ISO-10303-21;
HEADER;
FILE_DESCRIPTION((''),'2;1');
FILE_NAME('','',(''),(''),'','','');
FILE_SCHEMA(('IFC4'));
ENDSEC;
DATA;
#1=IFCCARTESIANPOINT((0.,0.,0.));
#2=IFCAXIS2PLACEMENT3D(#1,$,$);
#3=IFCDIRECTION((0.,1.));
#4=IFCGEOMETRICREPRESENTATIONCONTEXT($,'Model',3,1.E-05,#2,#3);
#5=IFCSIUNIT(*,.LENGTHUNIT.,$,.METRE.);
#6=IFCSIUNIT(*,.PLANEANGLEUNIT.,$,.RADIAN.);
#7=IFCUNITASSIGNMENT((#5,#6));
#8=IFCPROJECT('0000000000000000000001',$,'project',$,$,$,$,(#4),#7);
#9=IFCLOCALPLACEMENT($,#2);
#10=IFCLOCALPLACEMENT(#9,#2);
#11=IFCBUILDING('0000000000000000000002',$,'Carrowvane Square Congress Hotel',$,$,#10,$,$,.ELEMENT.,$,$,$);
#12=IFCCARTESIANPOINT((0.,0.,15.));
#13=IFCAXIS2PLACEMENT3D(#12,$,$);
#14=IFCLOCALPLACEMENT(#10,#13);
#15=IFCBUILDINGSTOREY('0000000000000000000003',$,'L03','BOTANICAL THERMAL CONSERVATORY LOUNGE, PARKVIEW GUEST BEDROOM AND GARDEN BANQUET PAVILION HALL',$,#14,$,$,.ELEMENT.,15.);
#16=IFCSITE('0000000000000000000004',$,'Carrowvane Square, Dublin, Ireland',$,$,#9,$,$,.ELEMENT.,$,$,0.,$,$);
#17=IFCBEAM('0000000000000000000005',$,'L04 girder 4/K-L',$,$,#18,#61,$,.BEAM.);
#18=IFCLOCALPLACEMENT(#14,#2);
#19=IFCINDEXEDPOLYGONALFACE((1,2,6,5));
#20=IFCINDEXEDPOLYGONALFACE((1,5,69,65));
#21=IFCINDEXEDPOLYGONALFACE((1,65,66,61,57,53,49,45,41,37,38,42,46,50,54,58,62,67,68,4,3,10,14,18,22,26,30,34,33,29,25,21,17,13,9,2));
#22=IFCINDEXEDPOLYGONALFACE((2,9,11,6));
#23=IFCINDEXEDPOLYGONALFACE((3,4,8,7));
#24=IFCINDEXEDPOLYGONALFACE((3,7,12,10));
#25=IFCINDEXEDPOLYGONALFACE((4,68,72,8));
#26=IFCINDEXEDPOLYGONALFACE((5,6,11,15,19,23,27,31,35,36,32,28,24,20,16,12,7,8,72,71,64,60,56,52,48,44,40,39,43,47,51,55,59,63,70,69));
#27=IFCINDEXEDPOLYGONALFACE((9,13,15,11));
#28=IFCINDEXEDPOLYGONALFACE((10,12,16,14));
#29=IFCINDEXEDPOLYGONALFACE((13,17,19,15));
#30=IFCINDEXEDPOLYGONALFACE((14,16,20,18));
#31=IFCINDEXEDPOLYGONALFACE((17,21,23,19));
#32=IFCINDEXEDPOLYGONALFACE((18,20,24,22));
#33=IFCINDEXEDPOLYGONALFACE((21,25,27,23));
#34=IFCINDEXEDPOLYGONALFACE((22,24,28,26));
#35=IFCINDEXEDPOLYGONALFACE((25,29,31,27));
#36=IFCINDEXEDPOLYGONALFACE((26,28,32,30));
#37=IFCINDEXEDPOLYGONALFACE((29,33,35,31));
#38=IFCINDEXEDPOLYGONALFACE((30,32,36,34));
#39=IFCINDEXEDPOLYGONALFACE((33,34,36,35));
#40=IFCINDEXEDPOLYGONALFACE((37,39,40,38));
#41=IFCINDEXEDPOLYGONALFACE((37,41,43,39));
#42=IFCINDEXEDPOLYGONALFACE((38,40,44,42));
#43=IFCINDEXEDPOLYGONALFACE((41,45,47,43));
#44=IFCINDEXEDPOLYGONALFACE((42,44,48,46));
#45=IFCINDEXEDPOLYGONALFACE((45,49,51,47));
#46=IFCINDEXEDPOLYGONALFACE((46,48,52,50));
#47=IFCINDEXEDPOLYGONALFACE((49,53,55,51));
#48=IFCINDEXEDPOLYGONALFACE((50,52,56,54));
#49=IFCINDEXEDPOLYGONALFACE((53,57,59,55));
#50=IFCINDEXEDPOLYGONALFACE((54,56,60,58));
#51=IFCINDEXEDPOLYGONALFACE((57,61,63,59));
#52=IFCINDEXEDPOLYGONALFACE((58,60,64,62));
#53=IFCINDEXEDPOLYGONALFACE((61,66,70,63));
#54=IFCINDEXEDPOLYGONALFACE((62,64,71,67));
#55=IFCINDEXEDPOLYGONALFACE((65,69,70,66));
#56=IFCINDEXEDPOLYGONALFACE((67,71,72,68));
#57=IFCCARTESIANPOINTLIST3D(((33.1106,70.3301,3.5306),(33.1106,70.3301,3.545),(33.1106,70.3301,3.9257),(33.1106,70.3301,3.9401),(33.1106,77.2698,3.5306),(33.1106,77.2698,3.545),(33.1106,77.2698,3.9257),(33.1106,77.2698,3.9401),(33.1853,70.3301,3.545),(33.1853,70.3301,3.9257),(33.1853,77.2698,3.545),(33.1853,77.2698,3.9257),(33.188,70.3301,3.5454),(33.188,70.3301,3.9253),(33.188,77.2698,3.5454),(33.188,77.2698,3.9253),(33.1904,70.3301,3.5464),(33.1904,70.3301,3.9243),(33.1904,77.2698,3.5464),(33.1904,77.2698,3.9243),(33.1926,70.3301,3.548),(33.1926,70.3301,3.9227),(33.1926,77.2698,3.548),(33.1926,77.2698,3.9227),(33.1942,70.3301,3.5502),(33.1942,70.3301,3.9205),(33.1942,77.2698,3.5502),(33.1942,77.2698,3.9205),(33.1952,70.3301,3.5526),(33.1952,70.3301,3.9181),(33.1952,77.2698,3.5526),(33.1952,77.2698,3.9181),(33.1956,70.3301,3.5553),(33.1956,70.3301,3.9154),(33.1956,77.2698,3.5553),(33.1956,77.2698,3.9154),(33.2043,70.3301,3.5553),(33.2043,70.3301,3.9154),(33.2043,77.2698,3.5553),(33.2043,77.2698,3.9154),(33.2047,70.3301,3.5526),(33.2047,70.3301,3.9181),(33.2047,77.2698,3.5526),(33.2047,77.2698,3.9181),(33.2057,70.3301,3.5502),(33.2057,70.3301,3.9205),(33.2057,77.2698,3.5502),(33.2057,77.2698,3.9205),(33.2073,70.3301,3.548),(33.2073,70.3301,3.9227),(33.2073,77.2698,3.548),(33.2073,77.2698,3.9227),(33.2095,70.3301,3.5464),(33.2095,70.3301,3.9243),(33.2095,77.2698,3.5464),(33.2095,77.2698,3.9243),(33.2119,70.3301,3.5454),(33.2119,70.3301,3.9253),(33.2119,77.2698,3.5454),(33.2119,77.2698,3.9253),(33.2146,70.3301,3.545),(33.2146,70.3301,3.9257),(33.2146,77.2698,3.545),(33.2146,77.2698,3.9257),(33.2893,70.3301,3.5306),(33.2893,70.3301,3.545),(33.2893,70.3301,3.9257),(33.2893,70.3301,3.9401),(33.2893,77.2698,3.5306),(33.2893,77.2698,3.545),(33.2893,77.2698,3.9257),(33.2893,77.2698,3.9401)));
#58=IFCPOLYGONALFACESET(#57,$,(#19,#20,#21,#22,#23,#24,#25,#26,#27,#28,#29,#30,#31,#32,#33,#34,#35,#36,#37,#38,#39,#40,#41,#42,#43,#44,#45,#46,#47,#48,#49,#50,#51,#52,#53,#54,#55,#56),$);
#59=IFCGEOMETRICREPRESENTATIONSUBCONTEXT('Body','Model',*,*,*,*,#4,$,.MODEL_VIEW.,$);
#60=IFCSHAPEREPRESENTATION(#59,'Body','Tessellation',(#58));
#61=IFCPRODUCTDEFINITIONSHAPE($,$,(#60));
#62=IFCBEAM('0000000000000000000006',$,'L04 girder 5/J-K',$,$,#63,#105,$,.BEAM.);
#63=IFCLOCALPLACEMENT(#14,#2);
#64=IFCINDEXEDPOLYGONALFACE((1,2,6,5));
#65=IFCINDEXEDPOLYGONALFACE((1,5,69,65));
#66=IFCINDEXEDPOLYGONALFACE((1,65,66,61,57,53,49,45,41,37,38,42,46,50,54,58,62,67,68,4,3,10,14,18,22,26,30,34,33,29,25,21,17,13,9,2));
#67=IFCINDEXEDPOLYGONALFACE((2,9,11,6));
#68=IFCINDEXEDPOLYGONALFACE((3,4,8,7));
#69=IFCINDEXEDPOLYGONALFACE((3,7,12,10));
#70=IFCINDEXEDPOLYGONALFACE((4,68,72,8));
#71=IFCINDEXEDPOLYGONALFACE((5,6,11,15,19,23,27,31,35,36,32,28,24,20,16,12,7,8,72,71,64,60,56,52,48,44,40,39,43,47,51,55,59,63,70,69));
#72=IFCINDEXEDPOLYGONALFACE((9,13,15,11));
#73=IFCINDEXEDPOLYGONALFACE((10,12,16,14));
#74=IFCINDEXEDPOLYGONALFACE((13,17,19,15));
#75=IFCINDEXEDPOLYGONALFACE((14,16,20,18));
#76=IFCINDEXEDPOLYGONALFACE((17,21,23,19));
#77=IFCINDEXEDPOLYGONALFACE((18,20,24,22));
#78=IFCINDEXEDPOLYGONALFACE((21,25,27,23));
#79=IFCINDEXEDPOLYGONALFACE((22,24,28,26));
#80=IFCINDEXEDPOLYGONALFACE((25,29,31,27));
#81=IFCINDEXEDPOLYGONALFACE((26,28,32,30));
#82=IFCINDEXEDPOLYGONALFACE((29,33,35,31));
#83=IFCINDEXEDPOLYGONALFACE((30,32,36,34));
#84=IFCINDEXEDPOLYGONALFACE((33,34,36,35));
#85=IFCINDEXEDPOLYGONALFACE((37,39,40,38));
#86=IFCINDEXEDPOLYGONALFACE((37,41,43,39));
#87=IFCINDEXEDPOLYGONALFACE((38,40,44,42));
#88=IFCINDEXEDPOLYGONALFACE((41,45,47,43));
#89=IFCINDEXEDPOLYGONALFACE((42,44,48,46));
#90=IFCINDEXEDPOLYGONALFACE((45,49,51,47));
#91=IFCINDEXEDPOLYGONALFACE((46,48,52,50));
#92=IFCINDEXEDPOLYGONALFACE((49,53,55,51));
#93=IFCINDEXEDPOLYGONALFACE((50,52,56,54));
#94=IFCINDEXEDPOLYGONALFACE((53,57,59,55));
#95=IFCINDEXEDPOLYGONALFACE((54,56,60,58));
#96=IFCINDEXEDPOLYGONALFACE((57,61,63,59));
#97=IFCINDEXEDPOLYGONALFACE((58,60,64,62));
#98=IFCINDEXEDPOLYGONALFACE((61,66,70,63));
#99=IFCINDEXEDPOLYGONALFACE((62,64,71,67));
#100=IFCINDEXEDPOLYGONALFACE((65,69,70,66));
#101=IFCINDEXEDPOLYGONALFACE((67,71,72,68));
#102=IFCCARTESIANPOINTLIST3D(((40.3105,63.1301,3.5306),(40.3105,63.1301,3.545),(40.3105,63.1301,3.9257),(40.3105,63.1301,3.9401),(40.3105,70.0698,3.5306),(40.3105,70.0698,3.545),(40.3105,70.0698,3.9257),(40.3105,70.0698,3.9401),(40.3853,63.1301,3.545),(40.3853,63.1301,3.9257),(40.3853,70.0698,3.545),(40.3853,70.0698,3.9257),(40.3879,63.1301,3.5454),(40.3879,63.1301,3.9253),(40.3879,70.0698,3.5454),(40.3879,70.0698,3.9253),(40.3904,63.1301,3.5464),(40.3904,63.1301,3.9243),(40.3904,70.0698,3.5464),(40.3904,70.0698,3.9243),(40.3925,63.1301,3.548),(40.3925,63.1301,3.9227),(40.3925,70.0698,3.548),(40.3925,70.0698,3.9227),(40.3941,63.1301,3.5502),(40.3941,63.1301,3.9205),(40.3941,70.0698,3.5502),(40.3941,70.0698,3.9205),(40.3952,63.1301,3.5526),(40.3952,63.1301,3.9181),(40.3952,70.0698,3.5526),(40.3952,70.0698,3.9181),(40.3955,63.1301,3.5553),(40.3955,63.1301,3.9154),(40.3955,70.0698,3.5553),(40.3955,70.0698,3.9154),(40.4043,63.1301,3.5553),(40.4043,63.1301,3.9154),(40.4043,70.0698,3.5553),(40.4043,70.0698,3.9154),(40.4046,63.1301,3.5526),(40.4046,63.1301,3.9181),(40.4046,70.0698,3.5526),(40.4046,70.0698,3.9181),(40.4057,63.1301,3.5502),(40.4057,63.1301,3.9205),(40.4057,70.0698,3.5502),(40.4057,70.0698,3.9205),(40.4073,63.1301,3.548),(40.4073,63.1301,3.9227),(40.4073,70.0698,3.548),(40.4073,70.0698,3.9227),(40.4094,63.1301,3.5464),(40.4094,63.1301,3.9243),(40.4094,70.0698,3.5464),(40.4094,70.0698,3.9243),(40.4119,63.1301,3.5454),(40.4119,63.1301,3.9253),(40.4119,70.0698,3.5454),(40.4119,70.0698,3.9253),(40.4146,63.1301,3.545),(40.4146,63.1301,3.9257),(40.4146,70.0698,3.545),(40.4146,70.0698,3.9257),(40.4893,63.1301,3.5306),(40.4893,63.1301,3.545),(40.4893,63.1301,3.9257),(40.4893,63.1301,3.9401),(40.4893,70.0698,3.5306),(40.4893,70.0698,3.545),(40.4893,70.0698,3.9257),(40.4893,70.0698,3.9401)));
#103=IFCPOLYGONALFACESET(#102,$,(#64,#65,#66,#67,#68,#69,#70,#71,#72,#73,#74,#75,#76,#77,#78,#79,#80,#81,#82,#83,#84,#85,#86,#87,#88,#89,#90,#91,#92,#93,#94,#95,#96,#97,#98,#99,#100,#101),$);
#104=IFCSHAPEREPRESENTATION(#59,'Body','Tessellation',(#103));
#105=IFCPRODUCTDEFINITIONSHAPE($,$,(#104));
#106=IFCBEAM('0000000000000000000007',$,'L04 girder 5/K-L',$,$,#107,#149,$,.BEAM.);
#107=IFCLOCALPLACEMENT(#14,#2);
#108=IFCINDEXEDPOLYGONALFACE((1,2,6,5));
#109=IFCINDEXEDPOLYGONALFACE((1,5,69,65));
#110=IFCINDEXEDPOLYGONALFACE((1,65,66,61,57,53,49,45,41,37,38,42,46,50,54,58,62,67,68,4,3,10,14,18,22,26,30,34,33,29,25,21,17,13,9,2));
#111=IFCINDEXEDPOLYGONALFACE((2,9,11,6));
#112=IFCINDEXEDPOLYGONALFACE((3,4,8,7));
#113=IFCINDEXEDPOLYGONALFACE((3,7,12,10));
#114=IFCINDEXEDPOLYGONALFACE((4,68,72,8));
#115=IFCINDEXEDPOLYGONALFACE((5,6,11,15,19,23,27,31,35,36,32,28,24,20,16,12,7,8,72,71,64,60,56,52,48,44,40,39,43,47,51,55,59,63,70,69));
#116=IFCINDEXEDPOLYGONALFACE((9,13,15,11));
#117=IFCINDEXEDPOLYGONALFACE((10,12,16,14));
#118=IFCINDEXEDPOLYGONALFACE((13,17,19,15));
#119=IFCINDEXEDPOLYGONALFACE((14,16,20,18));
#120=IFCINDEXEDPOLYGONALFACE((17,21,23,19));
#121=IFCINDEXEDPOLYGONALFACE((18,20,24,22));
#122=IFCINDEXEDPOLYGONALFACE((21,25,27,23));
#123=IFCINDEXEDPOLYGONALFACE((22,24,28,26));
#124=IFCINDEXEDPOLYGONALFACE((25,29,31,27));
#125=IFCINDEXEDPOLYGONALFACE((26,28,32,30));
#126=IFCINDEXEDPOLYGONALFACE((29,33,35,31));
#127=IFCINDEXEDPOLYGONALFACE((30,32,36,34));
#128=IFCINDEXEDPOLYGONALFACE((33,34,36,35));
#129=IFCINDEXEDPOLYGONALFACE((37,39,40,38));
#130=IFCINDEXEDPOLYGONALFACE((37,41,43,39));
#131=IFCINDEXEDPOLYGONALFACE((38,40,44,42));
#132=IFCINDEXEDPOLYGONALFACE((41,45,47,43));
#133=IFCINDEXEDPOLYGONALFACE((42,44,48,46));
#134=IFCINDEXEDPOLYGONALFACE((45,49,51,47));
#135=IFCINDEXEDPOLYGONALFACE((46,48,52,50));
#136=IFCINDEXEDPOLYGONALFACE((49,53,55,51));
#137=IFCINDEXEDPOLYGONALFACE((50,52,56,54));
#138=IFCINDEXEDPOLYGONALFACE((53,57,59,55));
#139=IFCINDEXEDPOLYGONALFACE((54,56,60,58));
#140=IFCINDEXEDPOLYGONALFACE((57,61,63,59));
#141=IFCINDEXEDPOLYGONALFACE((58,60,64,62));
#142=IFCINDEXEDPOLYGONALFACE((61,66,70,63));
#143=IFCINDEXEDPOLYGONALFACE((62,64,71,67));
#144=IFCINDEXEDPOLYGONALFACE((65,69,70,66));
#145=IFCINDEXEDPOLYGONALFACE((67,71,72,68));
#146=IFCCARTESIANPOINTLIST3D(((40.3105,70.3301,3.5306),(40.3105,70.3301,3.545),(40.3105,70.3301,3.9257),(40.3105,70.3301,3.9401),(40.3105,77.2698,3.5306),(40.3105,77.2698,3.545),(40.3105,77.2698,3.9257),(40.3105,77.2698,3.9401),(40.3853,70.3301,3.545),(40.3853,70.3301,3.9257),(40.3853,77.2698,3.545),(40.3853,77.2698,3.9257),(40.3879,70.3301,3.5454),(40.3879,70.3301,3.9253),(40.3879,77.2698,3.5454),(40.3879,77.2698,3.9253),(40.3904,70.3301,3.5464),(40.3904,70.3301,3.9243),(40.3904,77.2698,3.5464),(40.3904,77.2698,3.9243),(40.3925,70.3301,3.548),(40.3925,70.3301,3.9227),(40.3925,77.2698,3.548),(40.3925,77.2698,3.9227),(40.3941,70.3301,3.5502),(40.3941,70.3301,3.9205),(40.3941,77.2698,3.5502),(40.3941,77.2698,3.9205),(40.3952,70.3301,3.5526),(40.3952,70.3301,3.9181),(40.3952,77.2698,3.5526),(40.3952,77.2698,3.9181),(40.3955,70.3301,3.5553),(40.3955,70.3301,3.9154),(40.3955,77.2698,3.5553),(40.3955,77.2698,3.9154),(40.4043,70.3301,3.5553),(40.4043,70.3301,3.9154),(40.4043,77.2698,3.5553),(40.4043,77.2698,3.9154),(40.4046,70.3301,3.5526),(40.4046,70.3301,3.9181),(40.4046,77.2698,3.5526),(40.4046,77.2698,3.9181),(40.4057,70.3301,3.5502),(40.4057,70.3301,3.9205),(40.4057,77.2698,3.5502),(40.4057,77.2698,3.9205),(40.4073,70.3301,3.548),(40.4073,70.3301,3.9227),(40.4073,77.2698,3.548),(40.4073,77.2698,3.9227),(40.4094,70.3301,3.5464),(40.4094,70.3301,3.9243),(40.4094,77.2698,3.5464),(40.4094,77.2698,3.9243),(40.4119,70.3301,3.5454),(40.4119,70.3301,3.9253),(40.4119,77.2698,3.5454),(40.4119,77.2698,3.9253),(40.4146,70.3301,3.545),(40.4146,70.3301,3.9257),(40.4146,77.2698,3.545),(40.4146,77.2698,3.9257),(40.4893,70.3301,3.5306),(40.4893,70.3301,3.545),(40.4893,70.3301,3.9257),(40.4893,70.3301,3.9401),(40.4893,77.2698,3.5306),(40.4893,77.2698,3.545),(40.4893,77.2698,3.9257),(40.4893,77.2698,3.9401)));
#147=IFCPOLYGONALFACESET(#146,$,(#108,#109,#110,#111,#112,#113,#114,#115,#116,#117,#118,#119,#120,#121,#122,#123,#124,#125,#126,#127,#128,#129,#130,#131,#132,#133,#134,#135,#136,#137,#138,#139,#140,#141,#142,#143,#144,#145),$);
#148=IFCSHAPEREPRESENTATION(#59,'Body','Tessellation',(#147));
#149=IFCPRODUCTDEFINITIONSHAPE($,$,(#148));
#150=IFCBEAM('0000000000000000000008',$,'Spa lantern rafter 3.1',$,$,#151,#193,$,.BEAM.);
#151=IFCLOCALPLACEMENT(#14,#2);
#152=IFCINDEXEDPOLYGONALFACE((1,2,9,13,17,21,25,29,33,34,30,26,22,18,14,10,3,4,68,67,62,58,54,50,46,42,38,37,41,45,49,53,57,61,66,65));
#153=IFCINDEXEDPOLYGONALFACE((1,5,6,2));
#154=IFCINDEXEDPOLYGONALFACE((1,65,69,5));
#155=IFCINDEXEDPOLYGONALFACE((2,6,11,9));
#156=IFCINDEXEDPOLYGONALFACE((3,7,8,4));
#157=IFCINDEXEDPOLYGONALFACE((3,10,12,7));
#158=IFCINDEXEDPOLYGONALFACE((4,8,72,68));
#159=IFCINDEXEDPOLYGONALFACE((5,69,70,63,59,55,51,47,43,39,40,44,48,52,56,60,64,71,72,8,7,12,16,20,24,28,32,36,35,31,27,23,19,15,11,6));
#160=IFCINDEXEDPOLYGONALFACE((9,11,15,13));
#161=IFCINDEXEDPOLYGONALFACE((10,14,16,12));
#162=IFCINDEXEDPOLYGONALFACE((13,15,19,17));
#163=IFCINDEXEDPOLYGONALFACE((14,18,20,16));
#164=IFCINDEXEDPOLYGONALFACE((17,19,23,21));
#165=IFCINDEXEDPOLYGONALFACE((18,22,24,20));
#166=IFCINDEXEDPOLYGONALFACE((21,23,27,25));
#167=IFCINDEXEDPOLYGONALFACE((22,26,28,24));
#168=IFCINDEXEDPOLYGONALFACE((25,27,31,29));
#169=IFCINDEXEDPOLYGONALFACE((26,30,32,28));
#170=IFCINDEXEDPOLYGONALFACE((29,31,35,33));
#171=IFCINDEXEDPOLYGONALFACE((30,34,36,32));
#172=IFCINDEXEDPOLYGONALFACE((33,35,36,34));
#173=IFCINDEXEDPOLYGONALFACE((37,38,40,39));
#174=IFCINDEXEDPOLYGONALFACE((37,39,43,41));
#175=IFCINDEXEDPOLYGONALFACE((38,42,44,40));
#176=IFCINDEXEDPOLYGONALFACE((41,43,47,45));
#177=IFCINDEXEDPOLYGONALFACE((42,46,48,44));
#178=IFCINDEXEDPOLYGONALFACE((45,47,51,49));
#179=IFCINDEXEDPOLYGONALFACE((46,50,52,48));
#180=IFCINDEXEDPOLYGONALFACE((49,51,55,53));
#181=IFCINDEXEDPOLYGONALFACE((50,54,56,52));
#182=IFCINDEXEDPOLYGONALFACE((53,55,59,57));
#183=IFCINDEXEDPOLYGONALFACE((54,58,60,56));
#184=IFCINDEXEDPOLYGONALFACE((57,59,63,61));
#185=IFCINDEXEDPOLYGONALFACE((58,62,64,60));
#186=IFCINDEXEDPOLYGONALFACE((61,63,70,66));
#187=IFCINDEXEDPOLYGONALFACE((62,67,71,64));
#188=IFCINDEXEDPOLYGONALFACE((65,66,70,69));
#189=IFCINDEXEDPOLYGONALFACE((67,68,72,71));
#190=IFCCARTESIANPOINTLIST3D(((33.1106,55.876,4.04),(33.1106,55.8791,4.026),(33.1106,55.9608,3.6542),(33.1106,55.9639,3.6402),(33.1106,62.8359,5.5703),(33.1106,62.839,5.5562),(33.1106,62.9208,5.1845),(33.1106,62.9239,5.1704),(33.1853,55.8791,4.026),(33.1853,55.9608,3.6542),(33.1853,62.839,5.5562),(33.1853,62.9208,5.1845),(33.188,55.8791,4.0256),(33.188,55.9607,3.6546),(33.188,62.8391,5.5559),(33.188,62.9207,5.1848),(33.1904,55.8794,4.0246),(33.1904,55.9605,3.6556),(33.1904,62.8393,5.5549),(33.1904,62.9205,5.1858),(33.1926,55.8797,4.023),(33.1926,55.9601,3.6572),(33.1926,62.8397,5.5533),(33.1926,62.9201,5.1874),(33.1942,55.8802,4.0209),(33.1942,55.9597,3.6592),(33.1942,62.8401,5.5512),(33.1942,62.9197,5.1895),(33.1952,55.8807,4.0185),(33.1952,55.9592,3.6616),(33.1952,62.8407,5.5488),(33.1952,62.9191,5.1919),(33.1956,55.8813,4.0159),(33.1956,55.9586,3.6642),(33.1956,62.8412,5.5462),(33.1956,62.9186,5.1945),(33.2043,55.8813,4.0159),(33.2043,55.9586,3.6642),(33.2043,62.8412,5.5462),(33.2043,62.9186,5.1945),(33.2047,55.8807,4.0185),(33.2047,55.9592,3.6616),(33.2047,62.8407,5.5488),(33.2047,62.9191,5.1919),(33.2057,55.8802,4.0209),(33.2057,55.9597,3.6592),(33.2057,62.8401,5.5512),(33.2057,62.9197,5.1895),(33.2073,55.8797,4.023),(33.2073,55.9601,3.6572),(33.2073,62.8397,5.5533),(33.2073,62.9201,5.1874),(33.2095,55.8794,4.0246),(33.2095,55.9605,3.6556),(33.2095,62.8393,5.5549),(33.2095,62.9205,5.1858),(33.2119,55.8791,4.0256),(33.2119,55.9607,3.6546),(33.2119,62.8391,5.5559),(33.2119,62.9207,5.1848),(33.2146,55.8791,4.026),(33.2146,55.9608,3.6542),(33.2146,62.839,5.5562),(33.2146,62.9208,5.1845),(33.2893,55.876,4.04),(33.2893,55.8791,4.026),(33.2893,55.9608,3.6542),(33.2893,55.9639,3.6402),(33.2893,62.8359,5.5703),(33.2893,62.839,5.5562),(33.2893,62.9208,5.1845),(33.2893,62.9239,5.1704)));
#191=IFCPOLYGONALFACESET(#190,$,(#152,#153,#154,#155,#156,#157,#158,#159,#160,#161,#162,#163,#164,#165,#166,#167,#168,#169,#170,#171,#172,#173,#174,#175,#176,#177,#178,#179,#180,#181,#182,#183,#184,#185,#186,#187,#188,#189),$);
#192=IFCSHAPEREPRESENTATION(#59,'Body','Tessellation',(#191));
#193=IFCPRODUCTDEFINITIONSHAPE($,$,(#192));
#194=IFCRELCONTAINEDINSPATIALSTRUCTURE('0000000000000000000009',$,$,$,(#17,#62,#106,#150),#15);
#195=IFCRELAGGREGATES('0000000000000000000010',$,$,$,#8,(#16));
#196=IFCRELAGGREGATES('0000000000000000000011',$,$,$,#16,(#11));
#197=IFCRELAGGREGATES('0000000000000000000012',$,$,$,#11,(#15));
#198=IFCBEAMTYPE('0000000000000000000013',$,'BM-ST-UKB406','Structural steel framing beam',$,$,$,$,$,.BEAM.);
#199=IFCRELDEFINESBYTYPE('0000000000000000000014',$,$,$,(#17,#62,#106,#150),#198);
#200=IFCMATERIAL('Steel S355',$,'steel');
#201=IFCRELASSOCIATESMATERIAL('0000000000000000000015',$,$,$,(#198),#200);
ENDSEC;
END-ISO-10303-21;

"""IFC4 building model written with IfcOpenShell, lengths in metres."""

from ifc_helpers import new_model, si_unit, direction, frame, origin, origin_2d, place, context, subcontext, project, spatial, i_section, extrude, material, material_profile, profile_set, type_object, element, save


model = new_model("IFC4")

# Units and contexts
model_context = context("Model", 3, precision=1e-05, world=origin(), true_north=direction((0.0, 1.0)))
body_context = subcontext(model_context, "Body", "Model", "MODEL_VIEW")
ifc_project = project(units=[si_unit("LENGTHUNIT", "METRE"), si_unit("PLANEANGLEUNIT", "RADIAN")], contexts=[model_context])

# Site, building, storey
site_placement = place(None, origin())
site = spatial("IfcSite", under=ifc_project, at=site_placement, Name="Carrowvane Square, Dublin, Ireland", CompositionType="ELEMENT", RefElevation=0.0)
building_placement = place(site_placement, origin())
building = spatial("IfcBuilding", under=site, at=building_placement, Name="Carrowvane Square Congress Hotel", CompositionType="ELEMENT")
storey_placement = place(building_placement, frame((0.0, 0.0, 15.0)))
storey = spatial("IfcBuildingStorey", under=building, at=storey_placement, Name="L03", Description="BOTANICAL THERMAL CONSERVATORY LOUNGE, PARKVIEW GUEST BEDROOM AND GARDEN BANQUET PAVILION HALL", CompositionType="ELEMENT", Elevation=15.0)

# Beams
ifc_material_1 = material(Name="Steel S355", Category="steel")
ifc_material_profile_1 = material_profile(ifc_material_1, i_section(OverallWidth=0.1787, OverallDepth=0.4094, WebThickness=0.0088, FlangeThickness=0.0144, FilletRadius=0.0103, at=origin_2d()), Name="UKB 406x178x67")
ifc_profile_set_1 = profile_set([ifc_material_profile_1], Name="Steel S355")
beam_type_1 = type_object("IfcBeamType", Name="BM-ST-UKB406", Description="Structural steel framing beam", PredefinedType="BEAM", material=ifc_profile_set_1)
for number, where, z_axis, x_axis, name in (
    (1, (33.2, 70.3301, 3.7354), (0.0, 1.0, 0.0), (-1.0, 0.0, 0.0), "L04 girder 4/K-L"),
    (2, (40.3999, 63.1301, 3.7354), (0.0, 1.0, 0.0), (-1.0, 0.0, 0.0), "L04 girder 5/J-K"),
    (3, (40.3999, 70.3301, 3.7354), (0.0, 1.0, 0.0), (-1.0, 0.0, 0.0), "L04 girder 5/K-L"),
):
    element("IfcBeam", number, at=place(storey_placement, frame(where, z_axis=z_axis, x_axis=x_axis)), inside=storey, type_object=beam_type_1, Name=name, PredefinedType="BEAM", context=body_context, shape_type="SweptSolid", body=[
        extrude(i_section(OverallWidth=0.1787, OverallDepth=0.4094, WebThickness=0.0088, FlangeThickness=0.0144, FilletRadius=0.0103, at=origin_2d()), origin(), (0.0, 0.0, 1.0), 6.9397),
    ])
for number, where, z_axis, x_axis, name in (
    (4, (33.2, 55.9199, 3.8401), (0.0, 0.976671, 0.214739), (-1.0, 0.0, 0.0), "Spa lantern rafter 3.1"),
):
    element("IfcBeam", number, at=place(storey_placement, frame(where, z_axis=z_axis, x_axis=x_axis)), inside=storey, type_object=beam_type_1, Name=name, PredefinedType="BEAM", context=body_context, shape_type="SweptSolid", body=[
        extrude(i_section(OverallWidth=0.1787, OverallDepth=0.4094, WebThickness=0.0088, FlangeThickness=0.0144, FilletRadius=0.0103, at=origin_2d()), origin(), (0.0, 0.0, 1.0), 7.1262),
    ])

save(model, "model.ifc")
